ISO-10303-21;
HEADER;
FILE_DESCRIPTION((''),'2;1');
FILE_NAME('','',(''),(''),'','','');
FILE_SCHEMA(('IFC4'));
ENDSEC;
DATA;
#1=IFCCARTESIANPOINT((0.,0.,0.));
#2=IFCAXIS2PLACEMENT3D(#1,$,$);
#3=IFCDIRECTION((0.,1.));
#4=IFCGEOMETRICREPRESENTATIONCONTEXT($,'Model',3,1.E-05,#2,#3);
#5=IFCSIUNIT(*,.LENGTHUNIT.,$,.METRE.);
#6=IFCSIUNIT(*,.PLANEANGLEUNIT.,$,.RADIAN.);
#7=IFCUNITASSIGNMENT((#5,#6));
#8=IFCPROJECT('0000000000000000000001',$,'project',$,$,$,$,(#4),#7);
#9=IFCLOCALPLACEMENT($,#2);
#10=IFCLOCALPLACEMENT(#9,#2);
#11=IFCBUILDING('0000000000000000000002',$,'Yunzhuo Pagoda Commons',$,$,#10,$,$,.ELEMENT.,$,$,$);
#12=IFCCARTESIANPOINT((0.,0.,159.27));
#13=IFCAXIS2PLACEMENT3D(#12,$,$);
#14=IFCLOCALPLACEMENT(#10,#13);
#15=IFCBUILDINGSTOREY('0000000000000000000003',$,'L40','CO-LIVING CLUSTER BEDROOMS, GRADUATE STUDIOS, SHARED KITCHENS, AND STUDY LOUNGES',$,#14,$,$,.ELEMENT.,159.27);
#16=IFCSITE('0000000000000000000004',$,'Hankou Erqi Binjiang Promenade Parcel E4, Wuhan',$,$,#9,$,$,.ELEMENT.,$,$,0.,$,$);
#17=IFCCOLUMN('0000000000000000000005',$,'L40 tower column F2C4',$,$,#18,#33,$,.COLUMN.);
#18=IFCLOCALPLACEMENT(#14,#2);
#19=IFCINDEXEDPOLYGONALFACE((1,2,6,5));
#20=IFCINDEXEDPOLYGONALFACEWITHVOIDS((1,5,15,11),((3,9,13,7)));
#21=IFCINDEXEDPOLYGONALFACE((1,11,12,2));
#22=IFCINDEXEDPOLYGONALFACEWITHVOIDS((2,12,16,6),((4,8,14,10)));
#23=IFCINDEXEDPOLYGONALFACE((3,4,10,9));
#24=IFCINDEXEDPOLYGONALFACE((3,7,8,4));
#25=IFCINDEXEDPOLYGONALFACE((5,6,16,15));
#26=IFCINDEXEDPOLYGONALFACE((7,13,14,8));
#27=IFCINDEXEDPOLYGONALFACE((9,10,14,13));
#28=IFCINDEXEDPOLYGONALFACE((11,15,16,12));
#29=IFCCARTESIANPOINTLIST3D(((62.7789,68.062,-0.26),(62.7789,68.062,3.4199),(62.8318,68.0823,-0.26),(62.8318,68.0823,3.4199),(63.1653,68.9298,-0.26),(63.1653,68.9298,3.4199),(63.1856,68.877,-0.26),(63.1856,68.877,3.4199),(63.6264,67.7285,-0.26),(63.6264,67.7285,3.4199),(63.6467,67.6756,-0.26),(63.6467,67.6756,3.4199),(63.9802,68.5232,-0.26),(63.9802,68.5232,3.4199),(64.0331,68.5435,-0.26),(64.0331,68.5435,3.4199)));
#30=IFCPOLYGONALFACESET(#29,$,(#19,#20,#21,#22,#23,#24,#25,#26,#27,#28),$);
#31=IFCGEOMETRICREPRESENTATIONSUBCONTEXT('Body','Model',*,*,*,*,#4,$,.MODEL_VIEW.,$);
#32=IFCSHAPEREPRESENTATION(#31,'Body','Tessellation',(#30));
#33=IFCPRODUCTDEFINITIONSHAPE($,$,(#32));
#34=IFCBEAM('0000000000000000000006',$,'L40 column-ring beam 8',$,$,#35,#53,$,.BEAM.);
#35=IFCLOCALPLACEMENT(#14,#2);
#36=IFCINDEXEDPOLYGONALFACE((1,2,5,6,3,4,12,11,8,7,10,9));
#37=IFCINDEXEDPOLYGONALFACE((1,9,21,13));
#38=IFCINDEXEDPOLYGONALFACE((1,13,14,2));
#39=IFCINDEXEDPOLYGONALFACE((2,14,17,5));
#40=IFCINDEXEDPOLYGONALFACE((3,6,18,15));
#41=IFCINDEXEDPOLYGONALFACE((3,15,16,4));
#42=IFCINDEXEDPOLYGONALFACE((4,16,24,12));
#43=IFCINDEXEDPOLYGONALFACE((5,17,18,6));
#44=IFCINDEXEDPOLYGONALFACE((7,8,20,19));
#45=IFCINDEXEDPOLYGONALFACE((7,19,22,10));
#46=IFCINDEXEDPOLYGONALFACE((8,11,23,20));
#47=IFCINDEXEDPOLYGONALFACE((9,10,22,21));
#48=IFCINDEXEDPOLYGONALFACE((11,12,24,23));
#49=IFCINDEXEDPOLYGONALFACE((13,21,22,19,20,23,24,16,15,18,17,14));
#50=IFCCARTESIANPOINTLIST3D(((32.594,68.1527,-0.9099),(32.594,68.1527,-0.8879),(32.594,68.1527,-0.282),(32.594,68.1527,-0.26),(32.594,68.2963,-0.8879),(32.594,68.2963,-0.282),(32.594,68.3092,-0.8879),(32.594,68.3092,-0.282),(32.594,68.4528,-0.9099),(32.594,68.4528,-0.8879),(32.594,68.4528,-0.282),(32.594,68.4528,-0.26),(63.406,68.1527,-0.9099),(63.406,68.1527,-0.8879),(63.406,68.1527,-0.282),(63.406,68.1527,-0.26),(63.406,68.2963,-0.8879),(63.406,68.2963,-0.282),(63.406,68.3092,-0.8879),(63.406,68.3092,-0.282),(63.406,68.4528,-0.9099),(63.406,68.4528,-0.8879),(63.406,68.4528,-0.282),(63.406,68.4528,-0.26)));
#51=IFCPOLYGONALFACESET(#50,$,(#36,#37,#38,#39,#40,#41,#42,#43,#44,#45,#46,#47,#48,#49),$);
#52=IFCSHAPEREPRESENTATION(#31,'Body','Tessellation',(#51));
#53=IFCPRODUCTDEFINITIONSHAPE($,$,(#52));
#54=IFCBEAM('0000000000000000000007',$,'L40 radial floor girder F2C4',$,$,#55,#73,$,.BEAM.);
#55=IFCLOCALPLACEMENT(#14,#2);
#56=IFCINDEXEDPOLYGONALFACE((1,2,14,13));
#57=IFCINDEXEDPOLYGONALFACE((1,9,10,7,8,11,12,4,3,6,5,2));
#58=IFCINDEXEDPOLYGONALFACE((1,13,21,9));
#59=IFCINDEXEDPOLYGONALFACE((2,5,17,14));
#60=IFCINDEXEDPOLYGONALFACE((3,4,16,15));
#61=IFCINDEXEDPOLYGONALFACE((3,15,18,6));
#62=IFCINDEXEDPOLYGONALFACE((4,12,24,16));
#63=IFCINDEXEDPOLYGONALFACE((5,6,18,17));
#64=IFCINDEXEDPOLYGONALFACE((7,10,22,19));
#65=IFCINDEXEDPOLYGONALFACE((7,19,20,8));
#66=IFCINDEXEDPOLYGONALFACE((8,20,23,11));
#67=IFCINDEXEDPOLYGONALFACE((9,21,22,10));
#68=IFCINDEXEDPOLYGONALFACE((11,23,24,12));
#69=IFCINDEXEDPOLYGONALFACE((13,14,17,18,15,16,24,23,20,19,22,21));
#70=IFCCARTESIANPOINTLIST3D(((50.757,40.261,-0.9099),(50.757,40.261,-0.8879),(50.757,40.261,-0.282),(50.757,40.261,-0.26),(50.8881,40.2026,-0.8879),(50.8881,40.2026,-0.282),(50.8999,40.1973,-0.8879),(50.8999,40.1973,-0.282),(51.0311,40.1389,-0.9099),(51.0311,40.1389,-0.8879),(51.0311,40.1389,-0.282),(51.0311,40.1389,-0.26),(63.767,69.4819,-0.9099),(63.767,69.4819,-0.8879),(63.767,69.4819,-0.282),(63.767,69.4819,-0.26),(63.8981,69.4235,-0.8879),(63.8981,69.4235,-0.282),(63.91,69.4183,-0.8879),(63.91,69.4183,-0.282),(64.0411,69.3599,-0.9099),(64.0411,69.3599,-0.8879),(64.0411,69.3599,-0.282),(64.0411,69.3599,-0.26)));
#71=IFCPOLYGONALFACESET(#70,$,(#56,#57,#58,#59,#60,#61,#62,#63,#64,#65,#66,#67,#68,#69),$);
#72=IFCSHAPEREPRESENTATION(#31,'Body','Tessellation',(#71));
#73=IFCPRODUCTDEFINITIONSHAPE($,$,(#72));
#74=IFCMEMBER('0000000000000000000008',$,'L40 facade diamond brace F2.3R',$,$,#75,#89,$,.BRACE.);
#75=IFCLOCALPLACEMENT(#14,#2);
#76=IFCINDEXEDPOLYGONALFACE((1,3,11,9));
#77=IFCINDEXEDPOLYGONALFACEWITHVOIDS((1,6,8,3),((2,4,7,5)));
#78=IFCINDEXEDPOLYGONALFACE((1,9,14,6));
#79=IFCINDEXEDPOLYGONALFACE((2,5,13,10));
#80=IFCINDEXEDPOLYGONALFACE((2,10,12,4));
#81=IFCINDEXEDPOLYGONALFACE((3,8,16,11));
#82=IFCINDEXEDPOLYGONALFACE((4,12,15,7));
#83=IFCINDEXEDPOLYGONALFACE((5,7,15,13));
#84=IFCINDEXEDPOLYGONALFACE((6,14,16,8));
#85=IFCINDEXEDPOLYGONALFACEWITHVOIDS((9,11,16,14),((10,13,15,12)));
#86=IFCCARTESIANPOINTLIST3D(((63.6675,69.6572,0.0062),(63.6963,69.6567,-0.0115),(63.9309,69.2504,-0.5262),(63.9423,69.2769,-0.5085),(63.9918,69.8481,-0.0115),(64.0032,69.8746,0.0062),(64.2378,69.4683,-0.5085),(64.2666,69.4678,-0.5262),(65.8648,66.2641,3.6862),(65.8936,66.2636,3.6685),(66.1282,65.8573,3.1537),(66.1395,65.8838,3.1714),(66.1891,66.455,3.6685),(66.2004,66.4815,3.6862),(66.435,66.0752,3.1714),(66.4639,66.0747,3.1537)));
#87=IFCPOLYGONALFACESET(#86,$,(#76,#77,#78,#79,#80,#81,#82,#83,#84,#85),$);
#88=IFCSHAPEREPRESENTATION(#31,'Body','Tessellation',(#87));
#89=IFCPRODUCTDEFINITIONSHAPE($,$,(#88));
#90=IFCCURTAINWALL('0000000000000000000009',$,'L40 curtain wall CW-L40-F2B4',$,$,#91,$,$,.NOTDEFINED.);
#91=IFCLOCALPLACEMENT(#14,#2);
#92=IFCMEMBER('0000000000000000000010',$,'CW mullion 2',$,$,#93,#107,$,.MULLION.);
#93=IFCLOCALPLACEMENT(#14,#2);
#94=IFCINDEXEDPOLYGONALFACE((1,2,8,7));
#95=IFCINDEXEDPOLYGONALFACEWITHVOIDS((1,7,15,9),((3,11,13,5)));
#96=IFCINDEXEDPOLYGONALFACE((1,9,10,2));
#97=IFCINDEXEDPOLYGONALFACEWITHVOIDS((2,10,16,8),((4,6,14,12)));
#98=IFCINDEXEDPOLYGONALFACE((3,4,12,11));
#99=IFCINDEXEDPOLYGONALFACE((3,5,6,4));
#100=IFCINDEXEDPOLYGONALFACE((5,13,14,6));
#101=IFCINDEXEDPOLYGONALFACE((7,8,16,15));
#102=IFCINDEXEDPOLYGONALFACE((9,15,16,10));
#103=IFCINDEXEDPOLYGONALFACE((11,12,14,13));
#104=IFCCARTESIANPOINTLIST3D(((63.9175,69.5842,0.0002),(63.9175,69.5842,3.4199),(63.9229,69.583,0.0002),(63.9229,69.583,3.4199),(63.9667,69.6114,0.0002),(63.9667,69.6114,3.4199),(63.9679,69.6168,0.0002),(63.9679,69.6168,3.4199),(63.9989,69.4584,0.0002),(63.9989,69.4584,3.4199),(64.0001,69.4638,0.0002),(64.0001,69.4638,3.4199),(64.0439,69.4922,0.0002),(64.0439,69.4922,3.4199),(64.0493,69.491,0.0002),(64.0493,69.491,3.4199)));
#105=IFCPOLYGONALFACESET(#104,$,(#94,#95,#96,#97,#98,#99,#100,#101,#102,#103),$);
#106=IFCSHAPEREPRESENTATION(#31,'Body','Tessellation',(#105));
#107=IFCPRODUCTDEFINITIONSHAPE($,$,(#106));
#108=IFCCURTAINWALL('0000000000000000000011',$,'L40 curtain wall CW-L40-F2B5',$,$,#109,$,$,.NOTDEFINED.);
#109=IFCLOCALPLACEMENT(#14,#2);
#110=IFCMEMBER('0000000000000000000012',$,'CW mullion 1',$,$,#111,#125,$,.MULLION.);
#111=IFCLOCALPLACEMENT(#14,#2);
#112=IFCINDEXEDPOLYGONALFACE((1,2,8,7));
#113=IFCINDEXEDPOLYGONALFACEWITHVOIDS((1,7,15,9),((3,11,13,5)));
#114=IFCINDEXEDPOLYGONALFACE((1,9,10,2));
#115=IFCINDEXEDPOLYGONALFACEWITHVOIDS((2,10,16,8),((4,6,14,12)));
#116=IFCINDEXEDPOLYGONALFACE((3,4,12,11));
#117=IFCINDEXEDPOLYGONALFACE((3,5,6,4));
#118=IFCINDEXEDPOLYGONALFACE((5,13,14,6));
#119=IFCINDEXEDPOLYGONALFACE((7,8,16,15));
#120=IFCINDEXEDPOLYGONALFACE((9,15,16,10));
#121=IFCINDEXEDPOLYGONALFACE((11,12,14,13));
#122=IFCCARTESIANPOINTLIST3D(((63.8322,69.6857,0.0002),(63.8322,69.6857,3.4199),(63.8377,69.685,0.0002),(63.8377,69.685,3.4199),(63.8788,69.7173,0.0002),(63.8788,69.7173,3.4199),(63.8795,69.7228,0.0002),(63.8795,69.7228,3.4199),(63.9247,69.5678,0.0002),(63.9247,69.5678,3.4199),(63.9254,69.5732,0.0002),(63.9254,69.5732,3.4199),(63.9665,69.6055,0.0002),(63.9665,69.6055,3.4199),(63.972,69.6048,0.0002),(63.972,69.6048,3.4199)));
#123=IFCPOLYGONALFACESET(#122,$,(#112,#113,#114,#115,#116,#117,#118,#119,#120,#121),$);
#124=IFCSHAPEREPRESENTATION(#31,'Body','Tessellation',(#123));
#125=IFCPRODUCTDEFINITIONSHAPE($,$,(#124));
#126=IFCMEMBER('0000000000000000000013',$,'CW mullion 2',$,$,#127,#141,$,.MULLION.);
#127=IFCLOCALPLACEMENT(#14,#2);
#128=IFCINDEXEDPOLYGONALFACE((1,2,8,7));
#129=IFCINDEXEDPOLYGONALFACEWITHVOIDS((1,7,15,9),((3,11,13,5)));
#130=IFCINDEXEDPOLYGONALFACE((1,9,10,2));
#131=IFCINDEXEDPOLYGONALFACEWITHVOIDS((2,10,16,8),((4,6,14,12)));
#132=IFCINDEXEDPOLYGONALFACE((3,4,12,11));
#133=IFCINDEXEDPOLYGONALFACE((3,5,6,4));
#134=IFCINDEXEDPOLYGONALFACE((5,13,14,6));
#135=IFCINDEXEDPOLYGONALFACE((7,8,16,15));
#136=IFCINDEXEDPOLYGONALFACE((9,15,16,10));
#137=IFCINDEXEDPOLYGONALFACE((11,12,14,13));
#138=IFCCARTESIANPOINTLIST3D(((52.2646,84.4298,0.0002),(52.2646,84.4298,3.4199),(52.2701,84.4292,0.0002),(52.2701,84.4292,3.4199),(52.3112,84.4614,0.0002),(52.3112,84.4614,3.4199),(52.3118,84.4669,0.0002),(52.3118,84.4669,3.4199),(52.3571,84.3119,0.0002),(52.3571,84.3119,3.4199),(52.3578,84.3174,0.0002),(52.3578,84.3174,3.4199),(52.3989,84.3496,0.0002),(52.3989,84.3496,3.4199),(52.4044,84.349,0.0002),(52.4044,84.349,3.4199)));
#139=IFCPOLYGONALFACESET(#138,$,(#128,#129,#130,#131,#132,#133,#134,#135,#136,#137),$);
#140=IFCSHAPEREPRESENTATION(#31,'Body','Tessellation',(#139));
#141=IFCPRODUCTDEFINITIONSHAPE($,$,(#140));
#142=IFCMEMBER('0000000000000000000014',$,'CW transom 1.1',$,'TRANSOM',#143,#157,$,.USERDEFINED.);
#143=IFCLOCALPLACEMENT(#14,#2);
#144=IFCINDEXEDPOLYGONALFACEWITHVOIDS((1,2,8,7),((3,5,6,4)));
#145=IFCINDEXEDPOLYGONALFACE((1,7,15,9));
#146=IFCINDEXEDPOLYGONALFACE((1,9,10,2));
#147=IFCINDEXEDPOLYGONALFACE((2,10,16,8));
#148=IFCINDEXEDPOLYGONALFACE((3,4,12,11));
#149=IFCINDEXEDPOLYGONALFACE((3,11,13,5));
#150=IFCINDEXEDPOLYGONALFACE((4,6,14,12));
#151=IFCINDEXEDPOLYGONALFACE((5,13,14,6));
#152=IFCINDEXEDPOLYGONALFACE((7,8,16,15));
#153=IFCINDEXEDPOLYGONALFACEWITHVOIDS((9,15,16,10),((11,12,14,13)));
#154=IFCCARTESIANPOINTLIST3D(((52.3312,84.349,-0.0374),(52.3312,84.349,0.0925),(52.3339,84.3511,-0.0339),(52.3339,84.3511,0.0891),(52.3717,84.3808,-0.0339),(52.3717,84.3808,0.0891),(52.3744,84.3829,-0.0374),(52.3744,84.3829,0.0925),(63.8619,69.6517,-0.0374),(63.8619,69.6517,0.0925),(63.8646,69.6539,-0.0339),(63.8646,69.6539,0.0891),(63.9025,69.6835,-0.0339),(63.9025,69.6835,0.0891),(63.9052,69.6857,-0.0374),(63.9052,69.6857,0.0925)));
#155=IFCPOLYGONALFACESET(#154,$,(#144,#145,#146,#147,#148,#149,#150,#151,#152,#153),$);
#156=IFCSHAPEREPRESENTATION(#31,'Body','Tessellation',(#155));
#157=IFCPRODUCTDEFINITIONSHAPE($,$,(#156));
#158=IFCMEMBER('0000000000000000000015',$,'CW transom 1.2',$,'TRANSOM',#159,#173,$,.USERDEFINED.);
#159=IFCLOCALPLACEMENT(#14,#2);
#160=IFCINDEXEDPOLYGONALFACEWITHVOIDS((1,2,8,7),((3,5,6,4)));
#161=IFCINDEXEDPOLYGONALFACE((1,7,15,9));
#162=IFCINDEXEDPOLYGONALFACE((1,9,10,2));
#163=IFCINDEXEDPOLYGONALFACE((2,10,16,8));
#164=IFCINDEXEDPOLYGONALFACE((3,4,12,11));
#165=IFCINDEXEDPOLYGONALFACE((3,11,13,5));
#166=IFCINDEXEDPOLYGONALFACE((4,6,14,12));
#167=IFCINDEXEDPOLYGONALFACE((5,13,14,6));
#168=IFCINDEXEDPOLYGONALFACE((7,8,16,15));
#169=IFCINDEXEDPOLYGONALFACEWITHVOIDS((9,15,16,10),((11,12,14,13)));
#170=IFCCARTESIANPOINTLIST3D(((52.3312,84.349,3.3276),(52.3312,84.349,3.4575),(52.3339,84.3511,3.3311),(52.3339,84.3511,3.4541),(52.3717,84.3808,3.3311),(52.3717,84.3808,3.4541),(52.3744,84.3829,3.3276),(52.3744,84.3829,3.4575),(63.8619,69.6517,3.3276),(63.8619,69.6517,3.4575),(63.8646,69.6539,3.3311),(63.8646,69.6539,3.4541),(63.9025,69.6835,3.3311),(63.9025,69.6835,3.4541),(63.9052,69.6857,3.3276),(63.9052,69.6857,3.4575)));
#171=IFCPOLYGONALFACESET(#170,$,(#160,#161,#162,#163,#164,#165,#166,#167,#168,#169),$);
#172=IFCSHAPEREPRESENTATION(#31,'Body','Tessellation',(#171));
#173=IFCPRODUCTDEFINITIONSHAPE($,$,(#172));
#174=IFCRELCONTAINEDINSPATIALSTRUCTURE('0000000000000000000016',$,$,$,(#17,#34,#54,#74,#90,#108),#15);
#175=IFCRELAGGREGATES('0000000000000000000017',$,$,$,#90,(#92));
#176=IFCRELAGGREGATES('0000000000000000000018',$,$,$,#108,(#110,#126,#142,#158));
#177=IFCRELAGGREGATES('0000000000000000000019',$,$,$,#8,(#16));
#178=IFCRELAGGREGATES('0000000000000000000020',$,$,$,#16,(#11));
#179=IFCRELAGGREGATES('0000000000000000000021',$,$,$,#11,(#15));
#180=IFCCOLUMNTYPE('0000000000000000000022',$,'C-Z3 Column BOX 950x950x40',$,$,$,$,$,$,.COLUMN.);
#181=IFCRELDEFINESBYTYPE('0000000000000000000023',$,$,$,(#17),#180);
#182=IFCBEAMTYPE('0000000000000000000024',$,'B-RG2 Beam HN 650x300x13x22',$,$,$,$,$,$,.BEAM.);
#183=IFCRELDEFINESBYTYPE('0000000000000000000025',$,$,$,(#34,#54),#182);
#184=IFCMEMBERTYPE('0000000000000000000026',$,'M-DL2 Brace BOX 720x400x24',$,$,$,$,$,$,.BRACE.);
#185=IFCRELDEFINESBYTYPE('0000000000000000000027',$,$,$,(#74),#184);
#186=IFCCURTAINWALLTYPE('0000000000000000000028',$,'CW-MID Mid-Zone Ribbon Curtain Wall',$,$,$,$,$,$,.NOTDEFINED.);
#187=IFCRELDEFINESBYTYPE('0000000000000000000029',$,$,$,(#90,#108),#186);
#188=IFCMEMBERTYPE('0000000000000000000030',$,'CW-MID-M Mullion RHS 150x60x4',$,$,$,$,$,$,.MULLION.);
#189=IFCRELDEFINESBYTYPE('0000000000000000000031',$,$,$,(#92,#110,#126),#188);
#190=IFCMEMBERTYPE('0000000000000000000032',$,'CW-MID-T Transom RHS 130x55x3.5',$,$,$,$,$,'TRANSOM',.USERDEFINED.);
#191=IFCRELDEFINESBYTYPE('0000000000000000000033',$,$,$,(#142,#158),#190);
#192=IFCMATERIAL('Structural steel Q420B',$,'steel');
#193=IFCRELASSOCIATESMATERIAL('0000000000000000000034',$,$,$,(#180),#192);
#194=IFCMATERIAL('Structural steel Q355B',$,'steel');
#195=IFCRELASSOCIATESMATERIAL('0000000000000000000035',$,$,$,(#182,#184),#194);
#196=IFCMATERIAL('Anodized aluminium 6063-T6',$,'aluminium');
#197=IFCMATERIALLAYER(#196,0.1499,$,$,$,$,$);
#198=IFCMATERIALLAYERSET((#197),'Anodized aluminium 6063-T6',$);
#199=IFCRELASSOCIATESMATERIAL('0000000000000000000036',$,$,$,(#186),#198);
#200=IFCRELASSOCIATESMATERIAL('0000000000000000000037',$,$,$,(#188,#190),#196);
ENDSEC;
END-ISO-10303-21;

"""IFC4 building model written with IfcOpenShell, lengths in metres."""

from ifc_helpers import new_model, si_unit, direction, frame, origin, origin_2d, place, context, subcontext, project, spatial, hollow_rectangle, i_section, extrude, source, transform, mapped, material, layer, layer_set, material_profile, profile_set, type_object, element, aggregate, save


model = new_model("IFC4")

# Units and contexts
model_context = context("Model", 3, precision=1e-05, world=origin(), true_north=direction((0.0, 1.0)))
body_context = subcontext(model_context, "Body", "Model", "MODEL_VIEW")
ifc_project = project(units=[si_unit("LENGTHUNIT", "METRE"), si_unit("PLANEANGLEUNIT", "RADIAN")], contexts=[model_context])

# Site, building, storey
site_placement = place(None, origin())
site = spatial("IfcSite", under=ifc_project, at=site_placement, Name="Hankou Erqi Binjiang Promenade Parcel E4, Wuhan", CompositionType="ELEMENT", RefElevation=0.0)
building_placement = place(site_placement, origin())
building = spatial("IfcBuilding", under=site, at=building_placement, Name="Yunzhuo Pagoda Commons", CompositionType="ELEMENT")
storey_placement = place(building_placement, frame((0.0, 0.0, 159.27)))
storey = spatial("IfcBuildingStorey", under=building, at=storey_placement, Name="L40", Description="CO-LIVING CLUSTER BEDROOMS, GRADUATE STUDIOS, SHARED KITCHENS, AND STUDY LOUNGES", CompositionType="ELEMENT", Elevation=159.27)

# Column
ifc_material_1 = material(Name="Structural steel Q420B", Category="steel")
ifc_material_profile_1 = material_profile(ifc_material_1, hollow_rectangle(XDim=0.95, YDim=0.95, WallThickness=0.04, at=origin_2d()), Name="Structural steel Q420B")
ifc_profile_set_1 = profile_set([ifc_material_profile_1], Name="Structural steel Q420B")
column_type = type_object("IfcColumnType", Name="C-Z3 Column BOX 950x950x40", PredefinedType="COLUMN", material=ifc_profile_set_1)
shared_shape_1 = source(origin(), body_context, "Body", "SweptSolid", [
    extrude(hollow_rectangle(XDim=0.95, YDim=0.95, WallThickness=0.04, at=origin_2d()), origin(), (0.0, 0.0, 1.0), 3.6799),
])
column_placement = place(storey_placement, frame((63.406, 68.3027, -0.26), z_axis=(0.0, 0.0, 1.0), x_axis=(-0.913545, 0.406737, 0.0)))
element("IfcColumn", 1, at=column_placement, inside=storey, type_object=column_type, Name="L40 tower column F2C4", PredefinedType="COLUMN", context=body_context, shape_type="MappedRepresentation", body=[
    mapped(shared_shape_1, transform((0.0, 0.0, 0.0), scale=1.0)),
])

# Beams
ifc_material_2 = material(Name="Structural steel Q355B", Category="steel")
ifc_material_profile_2 = material_profile(ifc_material_2, i_section(OverallWidth=0.3, OverallDepth=0.6499, WebThickness=0.0129, FlangeThickness=0.022, at=origin_2d()), Name="Structural steel Q355B")
ifc_profile_set_2 = profile_set([ifc_material_profile_2], Name="Structural steel Q355B")
beam_type = type_object("IfcBeamType", Name="B-RG2 Beam HN 650x300x13x22", PredefinedType="BEAM", material=ifc_profile_set_2)
shared_shape_2 = source(origin(), body_context, "Body", "SweptSolid", [
    extrude(i_section(OverallWidth=0.3, OverallDepth=0.6499, WebThickness=0.0129, FlangeThickness=0.022, at=origin_2d()), origin(), (0.0, 0.0, 1.0), 30.812),
])
beam_1_placement = place(storey_placement, frame((63.406, 68.3027, -0.585), z_axis=(-1.0, 0.0, 0.0), x_axis=(0.0, -1.0, 0.0)))
element("IfcBeam", 2, at=beam_1_placement, inside=storey, type_object=beam_type, Name="L40 column-ring beam 8", PredefinedType="BEAM", context=body_context, shape_type="MappedRepresentation", body=[
    mapped(shared_shape_2, transform((0.0, 0.0, 0.0), scale=1.0)),
])
shared_shape_3 = source(origin(), body_context, "Body", "SweptSolid", [
    extrude(i_section(OverallWidth=0.3, OverallDepth=0.6499, WebThickness=0.0129, FlangeThickness=0.022, at=origin_2d()), origin(), (0.0, 0.0, 1.0), 31.9863),
])
beam_2_placement = place(storey_placement, frame((63.9041, 69.4209, -0.585), z_axis=(-0.406737, -0.913545, 0.0), x_axis=(0.913545, -0.406737, 0.0)))
element("IfcBeam", 3, at=beam_2_placement, inside=storey, type_object=beam_type, Name="L40 radial floor girder F2C4", PredefinedType="BEAM", context=body_context, shape_type="MappedRepresentation", body=[
    mapped(shared_shape_3, transform((0.0, 0.0, 0.0), scale=1.0)),
])

# Member
ifc_material_profile_3 = material_profile(ifc_material_2, hollow_rectangle(XDim=0.3999, YDim=0.72, WallThickness=0.0239, at=origin_2d()), Name="Structural steel Q355B")
ifc_profile_set_3 = profile_set([ifc_material_profile_3], Name="Structural steel Q355B")
member_type_1 = type_object("IfcMemberType", Name="M-DL2 Brace BOX 720x400x24", PredefinedType="BRACE", material=ifc_profile_set_3)
shared_shape_4 = source(origin(), body_context, "Body", "SweptSolid", [
    extrude(hollow_rectangle(XDim=0.3999, YDim=0.72, WallThickness=0.0239, at=origin_2d()), origin(), (0.0, 0.0, 1.0), 5.4666),
])
member_1_placement = place(storey_placement, frame((63.967, 69.5625, -0.26), z_axis=(0.40195, -0.6207, 0.673177), x_axis=(0.839372, 0.543557, 0.0)))
element("IfcMember", 4, at=member_1_placement, inside=storey, type_object=member_type_1, Name="L40 facade diamond brace F2.3R", PredefinedType="BRACE", context=body_context, shape_type="MappedRepresentation", body=[
    mapped(shared_shape_4, transform((0.0, 0.0, 0.0), scale=1.0)),
])

# Curtain wall, member
ifc_material_3 = material(Name="Anodized aluminium 6063-T6", Category="aluminium")
ifc_layer_1 = layer(ifc_material_3, 0.1499)
ifc_layer_set_1 = layer_set([ifc_layer_1], Name="Anodized aluminium 6063-T6")
curtain_wall_type = type_object("IfcCurtainWallType", Name="CW-MID Mid-Zone Ribbon Curtain Wall", PredefinedType="NOTDEFINED", material=ifc_layer_set_1)
curtain_wall_1_placement = place(storey_placement, origin())
curtain_wall_1 = element("IfcCurtainWall", 5, at=curtain_wall_1_placement, inside=storey, type_object=curtain_wall_type, Name="L40 curtain wall CW-L40-F2B4", PredefinedType="NOTDEFINED")
ifc_material_profile_4 = material_profile(ifc_material_3, hollow_rectangle(XDim=0.0601, YDim=0.1499, WallThickness=0.0039, at=origin_2d()), Name="Anodized aluminium 6063-T6")
ifc_profile_set_4 = profile_set([ifc_material_profile_4], Name="Anodized aluminium 6063-T6")
member_type_2 = type_object("IfcMemberType", Name="CW-MID-M Mullion RHS 150x60x4", PredefinedType="MULLION", material=ifc_profile_set_4)
shared_shape_5 = source(origin(), body_context, "Body", "SweptSolid", [
    extrude(hollow_rectangle(XDim=0.0601, YDim=0.1499, WallThickness=0.0039, at=origin_2d()), origin(), (0.0, 0.0, 1.0), 3.4197),
])
member_2_placement = place(storey_placement, frame((63.9834, 69.5376, 0.0002), z_axis=(0.0, 0.0, 1.0), x_axis=(-0.839393, -0.543526, 0.0)))
member_2 = element("IfcMember", 6, at=member_2_placement, type_object=member_type_2, Name="CW mullion 2", PredefinedType="MULLION", context=body_context, shape_type="MappedRepresentation", body=[
    mapped(shared_shape_5, transform((0.0, 0.0, 0.0), scale=1.0)),
])

# Curtain wall, members
curtain_wall_2_placement = place(storey_placement, origin())
curtain_wall_2 = element("IfcCurtainWall", 7, at=curtain_wall_2_placement, inside=storey, type_object=curtain_wall_type, Name="L40 curtain wall CW-L40-F2B5", PredefinedType="NOTDEFINED")
member_3_placement = place(storey_placement, frame((63.9021, 69.6453, 0.0002), z_axis=(0.0, 0.0, 1.0), x_axis=(-0.786759, -0.61726, 0.0)))
member_3 = element("IfcMember", 8, at=member_3_placement, type_object=member_type_2, Name="CW mullion 1", PredefinedType="MULLION", context=body_context, shape_type="MappedRepresentation", body=[
    mapped(shared_shape_5, transform((0.0, 0.0, 0.0), scale=1.0)),
])
member_4_placement = place(storey_placement, frame((52.3345, 84.3894, 0.0002), z_axis=(0.0, 0.0, 1.0), x_axis=(-0.786759, -0.61726, 0.0)))
member_4 = element("IfcMember", 9, at=member_4_placement, type_object=member_type_2, Name="CW mullion 2", PredefinedType="MULLION", context=body_context, shape_type="MappedRepresentation", body=[
    mapped(shared_shape_5, transform((0.0, 0.0, 0.0), scale=1.0)),
])
ifc_material_profile_5 = material_profile(ifc_material_3, hollow_rectangle(XDim=0.0549, YDim=0.1299, WallThickness=0.0034, at=origin_2d()), Name="Anodized aluminium 6063-T6")
ifc_profile_set_5 = profile_set([ifc_material_profile_5], Name="Anodized aluminium 6063-T6")
member_type_3 = type_object("IfcMemberType", Name="CW-MID-T Transom RHS 130x55x3.5", ElementType="TRANSOM", PredefinedType="USERDEFINED", material=ifc_profile_set_5)
shared_shape_6 = source(origin(), body_context, "Body", "SweptSolid", [
    extrude(hollow_rectangle(XDim=0.0549, YDim=0.1299, WallThickness=0.0034, at=origin_2d()), origin(), (0.0, 0.0, 1.0), 18.6807),
])
member_5_placement = place(storey_placement, frame((63.8835, 69.6687, 0.0276), z_axis=(-0.617256, 0.786763, 0.0), x_axis=(-0.786763, -0.617256, 0.0)))
member_5 = element("IfcMember", 10, at=member_5_placement, type_object=member_type_3, Name="CW transom 1.1", ObjectType="TRANSOM", PredefinedType="USERDEFINED", context=body_context, shape_type="MappedRepresentation", body=[
    mapped(shared_shape_6, transform((0.0, 0.0, 0.0), scale=1.0)),
])
member_6_placement = place(storey_placement, frame((63.8835, 69.6687, 3.3926), z_axis=(-0.617256, 0.786763, 0.0), x_axis=(-0.786763, -0.617256, 0.0)))
member_6 = element("IfcMember", 11, at=member_6_placement, type_object=member_type_3, Name="CW transom 1.2", ObjectType="TRANSOM", PredefinedType="USERDEFINED", context=body_context, shape_type="MappedRepresentation", body=[
    mapped(shared_shape_6, transform((0.0, 0.0, 0.0), scale=1.0)),
])

aggregate(curtain_wall_1, [member_2])

aggregate(curtain_wall_2, [member_3, member_4, member_5, member_6])

save(model, "model.ifc")
